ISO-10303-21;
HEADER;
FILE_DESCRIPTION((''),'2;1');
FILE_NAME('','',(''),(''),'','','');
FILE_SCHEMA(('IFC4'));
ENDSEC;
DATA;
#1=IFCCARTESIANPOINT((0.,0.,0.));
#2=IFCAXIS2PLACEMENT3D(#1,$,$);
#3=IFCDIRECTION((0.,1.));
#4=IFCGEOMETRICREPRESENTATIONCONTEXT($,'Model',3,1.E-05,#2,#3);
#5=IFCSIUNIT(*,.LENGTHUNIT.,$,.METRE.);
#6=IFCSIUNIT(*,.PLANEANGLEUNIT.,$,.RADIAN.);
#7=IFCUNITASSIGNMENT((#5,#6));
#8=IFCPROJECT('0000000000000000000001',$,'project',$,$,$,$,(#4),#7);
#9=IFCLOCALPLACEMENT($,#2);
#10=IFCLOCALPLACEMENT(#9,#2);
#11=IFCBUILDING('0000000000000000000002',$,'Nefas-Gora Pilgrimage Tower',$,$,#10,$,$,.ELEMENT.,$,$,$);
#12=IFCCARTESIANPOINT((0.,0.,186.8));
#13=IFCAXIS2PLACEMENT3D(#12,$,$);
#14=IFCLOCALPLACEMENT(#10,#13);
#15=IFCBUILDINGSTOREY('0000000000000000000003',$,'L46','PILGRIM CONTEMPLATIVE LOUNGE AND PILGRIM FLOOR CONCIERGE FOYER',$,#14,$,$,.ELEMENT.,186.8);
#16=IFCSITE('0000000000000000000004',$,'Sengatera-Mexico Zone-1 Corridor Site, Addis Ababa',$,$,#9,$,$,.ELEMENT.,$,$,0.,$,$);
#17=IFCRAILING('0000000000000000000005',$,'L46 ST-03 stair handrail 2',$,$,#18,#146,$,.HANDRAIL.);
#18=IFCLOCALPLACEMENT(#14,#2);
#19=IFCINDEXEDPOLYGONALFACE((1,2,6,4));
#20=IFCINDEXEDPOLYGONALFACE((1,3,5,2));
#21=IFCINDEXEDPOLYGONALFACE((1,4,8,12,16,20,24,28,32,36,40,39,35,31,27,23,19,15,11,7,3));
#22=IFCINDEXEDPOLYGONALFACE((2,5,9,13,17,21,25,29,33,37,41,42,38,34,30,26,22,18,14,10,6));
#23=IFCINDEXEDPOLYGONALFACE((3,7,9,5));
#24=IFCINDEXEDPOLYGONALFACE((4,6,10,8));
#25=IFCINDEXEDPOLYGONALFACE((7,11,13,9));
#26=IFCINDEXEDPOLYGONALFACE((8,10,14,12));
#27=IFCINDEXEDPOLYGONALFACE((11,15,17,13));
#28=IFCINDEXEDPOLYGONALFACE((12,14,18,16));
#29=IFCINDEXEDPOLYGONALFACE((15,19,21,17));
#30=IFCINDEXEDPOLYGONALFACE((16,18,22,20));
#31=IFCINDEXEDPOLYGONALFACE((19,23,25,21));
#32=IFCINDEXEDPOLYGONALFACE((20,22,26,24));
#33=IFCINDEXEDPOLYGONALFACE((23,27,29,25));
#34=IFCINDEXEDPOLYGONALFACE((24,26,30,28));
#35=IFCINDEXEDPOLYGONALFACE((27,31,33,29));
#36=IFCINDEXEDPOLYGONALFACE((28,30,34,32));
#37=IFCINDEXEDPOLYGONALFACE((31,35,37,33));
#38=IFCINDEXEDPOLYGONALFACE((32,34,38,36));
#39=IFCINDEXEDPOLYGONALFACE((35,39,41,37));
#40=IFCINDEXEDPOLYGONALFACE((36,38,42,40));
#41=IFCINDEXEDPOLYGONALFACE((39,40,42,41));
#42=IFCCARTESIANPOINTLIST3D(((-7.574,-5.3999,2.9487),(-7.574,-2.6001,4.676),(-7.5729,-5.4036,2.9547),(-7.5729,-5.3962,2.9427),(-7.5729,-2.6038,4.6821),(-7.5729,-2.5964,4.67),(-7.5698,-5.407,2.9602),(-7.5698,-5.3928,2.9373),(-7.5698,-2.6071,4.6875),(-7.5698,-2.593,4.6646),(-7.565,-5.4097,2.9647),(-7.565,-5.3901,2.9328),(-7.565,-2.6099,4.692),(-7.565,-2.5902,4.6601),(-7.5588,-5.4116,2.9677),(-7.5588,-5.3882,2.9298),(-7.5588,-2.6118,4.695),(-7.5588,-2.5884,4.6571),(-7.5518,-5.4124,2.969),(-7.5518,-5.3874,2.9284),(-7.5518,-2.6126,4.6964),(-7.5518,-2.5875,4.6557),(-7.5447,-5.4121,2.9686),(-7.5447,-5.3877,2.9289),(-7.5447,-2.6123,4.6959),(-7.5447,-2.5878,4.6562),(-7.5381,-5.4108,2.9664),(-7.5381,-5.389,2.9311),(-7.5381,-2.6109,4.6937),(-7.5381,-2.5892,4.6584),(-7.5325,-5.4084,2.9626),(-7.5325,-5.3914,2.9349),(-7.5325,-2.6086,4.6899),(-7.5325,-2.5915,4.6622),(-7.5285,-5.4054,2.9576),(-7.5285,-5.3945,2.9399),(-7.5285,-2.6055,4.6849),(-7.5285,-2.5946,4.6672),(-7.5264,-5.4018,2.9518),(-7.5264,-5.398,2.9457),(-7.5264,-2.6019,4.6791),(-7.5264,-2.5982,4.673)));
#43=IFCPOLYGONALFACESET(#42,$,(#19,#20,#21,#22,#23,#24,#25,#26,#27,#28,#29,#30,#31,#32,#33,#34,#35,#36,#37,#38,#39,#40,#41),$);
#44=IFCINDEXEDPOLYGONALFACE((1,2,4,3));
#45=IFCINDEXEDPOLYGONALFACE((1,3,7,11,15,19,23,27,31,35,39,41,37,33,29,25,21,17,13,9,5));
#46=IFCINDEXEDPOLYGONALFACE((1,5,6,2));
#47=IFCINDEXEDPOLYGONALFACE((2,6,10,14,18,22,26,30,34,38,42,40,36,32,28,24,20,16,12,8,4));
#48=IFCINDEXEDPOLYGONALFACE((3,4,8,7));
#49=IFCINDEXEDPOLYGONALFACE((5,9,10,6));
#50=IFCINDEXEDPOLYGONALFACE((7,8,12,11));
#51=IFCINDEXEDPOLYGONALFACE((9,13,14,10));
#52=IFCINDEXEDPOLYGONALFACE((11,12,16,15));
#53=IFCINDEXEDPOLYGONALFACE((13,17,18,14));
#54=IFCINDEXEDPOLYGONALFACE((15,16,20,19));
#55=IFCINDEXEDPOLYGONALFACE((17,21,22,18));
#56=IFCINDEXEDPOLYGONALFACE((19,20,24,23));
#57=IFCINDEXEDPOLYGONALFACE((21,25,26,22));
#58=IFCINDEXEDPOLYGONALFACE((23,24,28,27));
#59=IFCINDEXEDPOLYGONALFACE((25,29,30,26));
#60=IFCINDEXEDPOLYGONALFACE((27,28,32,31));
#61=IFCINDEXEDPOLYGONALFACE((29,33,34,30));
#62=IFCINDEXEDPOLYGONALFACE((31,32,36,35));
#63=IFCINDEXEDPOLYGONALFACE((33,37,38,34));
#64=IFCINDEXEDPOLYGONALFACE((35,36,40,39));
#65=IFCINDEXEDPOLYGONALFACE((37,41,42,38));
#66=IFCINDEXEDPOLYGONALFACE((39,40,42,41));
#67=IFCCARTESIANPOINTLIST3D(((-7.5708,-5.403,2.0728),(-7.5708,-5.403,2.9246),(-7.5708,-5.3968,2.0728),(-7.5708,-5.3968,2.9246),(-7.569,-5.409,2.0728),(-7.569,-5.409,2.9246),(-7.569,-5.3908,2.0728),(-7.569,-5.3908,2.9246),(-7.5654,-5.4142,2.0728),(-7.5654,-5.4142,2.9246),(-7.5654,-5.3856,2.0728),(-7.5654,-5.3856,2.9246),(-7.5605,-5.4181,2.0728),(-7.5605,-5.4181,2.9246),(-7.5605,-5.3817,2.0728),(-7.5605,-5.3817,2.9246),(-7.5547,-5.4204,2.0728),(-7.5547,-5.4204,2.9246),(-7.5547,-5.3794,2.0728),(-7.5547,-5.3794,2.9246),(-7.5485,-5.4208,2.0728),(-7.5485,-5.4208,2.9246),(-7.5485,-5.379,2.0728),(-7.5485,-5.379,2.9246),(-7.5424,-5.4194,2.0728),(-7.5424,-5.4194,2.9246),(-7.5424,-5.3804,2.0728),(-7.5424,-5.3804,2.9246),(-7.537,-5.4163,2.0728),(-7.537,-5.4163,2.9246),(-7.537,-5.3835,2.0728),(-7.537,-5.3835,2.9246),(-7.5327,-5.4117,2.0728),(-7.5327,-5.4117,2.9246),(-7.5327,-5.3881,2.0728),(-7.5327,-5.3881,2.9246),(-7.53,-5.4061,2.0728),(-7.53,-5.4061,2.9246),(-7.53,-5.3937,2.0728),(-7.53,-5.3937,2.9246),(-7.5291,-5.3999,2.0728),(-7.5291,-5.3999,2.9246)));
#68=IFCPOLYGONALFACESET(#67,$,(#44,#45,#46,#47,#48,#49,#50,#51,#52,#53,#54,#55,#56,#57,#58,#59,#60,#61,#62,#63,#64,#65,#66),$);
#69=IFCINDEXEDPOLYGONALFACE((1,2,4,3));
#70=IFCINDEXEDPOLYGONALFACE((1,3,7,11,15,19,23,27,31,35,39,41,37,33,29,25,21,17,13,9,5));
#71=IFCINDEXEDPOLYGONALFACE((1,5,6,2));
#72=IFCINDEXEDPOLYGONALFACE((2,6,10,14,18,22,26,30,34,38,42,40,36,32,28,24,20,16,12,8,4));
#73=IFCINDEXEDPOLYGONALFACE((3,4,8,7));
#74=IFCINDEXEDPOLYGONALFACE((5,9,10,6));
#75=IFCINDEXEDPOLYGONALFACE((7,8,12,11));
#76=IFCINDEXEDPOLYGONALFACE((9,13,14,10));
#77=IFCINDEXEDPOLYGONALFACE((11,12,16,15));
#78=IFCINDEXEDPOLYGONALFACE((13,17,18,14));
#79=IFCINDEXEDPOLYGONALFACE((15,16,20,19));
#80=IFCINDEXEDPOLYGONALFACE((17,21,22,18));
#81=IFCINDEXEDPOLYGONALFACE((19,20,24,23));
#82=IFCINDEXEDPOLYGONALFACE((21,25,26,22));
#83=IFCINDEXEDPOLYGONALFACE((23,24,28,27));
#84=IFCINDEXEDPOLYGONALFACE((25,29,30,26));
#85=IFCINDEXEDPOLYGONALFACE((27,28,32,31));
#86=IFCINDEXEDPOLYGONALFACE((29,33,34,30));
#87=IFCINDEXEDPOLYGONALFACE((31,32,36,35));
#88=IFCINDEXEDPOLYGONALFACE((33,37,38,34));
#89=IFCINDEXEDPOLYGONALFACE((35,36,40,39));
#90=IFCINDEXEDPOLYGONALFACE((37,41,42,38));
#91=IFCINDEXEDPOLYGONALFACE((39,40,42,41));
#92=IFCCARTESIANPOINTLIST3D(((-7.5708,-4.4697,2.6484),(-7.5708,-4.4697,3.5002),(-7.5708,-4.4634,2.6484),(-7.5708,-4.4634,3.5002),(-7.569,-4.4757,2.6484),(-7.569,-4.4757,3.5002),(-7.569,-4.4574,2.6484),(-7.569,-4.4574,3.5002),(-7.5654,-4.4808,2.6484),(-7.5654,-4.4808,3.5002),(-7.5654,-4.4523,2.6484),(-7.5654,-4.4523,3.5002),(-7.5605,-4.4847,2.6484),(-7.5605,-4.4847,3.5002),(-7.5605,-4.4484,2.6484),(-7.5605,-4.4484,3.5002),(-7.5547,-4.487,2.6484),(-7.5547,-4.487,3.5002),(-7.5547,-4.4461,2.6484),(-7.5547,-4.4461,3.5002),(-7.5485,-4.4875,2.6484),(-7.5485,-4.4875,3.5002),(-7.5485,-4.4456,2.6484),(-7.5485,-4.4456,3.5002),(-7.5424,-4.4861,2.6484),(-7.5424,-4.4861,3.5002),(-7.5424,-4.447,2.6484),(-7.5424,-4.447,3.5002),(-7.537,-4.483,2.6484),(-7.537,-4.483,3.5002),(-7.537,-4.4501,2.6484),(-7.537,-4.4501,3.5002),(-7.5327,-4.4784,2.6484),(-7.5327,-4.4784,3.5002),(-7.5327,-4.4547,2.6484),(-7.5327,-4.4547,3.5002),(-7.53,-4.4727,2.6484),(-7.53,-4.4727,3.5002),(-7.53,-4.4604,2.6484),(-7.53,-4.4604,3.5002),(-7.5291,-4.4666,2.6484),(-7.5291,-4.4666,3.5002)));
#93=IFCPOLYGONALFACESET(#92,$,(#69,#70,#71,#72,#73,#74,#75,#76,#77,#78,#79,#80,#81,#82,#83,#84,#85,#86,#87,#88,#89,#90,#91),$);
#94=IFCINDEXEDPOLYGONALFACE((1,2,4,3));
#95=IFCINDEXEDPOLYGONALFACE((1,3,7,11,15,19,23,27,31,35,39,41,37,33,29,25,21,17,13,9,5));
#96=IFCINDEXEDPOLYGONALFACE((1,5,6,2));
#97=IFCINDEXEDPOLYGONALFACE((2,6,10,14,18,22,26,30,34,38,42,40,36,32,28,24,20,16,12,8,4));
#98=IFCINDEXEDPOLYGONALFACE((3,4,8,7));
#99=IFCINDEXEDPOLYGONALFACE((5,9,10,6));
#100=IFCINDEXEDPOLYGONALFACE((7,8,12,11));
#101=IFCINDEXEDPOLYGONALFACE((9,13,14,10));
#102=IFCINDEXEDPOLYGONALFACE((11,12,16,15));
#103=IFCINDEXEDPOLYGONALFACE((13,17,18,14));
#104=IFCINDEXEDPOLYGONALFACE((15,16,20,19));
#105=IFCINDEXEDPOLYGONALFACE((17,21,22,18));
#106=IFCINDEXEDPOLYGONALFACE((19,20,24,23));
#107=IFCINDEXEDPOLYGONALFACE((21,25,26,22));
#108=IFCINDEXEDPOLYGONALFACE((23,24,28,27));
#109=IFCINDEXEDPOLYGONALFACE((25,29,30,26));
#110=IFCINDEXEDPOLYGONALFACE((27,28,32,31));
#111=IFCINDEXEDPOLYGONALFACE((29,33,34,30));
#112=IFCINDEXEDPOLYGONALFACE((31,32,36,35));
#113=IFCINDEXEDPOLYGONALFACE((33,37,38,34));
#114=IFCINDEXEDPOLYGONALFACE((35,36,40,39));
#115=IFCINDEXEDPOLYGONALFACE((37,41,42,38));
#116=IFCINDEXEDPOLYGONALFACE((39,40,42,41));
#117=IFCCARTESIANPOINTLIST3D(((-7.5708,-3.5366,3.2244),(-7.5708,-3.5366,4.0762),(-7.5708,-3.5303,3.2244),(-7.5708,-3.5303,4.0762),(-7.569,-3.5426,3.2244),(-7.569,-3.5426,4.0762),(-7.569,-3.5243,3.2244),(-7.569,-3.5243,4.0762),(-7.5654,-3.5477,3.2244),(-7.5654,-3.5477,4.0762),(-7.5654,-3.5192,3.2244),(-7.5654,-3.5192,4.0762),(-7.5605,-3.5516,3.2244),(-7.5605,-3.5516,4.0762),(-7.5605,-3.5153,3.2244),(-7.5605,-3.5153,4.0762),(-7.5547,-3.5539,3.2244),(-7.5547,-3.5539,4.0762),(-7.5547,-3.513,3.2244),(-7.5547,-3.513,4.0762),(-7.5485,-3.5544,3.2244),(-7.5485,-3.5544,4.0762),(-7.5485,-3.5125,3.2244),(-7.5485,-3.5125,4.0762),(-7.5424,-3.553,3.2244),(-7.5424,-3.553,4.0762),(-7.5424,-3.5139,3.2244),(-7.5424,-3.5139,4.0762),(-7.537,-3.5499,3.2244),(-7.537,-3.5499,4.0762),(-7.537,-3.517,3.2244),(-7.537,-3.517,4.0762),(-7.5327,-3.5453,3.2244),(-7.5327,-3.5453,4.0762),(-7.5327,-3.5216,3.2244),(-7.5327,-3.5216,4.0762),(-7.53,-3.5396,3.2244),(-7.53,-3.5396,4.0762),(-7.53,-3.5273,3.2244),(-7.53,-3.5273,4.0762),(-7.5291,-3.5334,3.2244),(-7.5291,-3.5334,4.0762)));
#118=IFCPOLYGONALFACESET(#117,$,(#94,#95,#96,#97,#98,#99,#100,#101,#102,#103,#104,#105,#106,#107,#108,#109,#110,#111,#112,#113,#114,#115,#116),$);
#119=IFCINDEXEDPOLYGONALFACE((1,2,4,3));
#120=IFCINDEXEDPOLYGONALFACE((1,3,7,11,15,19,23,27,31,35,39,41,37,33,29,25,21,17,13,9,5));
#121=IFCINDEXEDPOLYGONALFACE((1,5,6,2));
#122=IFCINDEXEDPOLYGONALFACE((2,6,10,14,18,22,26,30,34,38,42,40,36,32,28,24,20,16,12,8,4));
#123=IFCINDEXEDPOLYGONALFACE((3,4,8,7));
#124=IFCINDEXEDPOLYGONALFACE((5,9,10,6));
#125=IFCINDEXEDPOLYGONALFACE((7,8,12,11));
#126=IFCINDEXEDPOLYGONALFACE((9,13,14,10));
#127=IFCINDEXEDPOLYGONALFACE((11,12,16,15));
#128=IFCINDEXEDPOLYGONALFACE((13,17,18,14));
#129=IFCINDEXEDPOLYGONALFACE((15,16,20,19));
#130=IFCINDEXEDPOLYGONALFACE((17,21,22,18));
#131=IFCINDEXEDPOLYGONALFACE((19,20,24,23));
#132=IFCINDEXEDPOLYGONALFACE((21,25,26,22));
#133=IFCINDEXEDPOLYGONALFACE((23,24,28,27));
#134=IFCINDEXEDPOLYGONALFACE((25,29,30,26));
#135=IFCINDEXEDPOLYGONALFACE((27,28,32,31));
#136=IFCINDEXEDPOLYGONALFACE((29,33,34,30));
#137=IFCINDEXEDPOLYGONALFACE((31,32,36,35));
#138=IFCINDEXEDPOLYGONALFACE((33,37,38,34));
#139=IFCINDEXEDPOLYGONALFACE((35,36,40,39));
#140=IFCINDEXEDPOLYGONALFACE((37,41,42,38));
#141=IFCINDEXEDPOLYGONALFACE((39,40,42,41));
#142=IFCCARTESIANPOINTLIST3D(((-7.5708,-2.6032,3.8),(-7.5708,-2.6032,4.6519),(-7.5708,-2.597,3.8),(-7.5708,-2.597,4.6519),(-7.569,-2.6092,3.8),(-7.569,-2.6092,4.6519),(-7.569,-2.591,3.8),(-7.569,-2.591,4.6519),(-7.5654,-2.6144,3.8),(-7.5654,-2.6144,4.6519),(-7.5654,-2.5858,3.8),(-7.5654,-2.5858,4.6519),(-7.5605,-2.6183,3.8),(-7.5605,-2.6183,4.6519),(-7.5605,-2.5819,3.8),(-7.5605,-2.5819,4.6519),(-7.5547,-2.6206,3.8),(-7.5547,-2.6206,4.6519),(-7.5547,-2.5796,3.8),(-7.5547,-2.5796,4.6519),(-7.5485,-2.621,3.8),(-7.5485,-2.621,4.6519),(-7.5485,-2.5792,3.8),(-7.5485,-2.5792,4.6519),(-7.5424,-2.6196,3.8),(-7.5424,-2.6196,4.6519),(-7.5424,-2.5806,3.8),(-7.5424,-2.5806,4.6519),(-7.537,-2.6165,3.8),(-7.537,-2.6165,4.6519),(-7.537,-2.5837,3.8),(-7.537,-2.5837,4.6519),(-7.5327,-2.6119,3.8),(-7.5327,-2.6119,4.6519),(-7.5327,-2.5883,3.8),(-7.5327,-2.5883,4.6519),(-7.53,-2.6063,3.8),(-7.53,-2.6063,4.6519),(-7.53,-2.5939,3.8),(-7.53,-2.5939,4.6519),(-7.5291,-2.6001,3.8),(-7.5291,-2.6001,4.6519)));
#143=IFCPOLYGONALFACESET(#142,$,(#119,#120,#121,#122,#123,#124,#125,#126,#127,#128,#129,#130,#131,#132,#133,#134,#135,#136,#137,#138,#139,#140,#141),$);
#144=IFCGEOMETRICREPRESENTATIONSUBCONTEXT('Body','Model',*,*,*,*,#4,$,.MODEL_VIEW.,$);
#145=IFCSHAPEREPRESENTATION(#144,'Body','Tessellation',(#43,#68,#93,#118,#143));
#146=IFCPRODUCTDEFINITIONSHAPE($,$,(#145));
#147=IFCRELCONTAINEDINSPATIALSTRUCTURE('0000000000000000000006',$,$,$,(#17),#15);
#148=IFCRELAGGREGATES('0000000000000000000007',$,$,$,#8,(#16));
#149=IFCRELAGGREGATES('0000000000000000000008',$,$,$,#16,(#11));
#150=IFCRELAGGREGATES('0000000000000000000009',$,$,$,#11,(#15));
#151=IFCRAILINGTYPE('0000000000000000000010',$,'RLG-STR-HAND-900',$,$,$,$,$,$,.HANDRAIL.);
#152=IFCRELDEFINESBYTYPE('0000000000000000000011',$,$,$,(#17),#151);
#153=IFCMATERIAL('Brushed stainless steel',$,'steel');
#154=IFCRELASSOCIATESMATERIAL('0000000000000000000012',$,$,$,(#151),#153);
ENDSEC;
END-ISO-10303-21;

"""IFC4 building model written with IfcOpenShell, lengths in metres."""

from ifc_helpers import new_model, si_unit, direction, frame, origin, origin_2d, place, context, subcontext, project, spatial, circle, extrude, material, type_object, element, save


model = new_model("IFC4")

# Units and contexts
model_context = context("Model", 3, precision=1e-05, world=origin(), true_north=direction((0.0, 1.0)))
body_context = subcontext(model_context, "Body", "Model", "MODEL_VIEW")
ifc_project = project(units=[si_unit("LENGTHUNIT", "METRE"), si_unit("PLANEANGLEUNIT", "RADIAN")], contexts=[model_context])

# Site, building, storey
site_placement = place(None, origin())
site = spatial("IfcSite", under=ifc_project, at=site_placement, Name="Sengatera-Mexico Zone-1 Corridor Site, Addis Ababa", CompositionType="ELEMENT", RefElevation=0.0)
building_placement = place(site_placement, origin())
building = spatial("IfcBuilding", under=site, at=building_placement, Name="Nefas-Gora Pilgrimage Tower", CompositionType="ELEMENT")
storey_placement = place(building_placement, frame((0.0, 0.0, 186.8)))
storey = spatial("IfcBuildingStorey", under=building, at=storey_placement, Name="L46", Description="PILGRIM CONTEMPLATIVE LOUNGE AND PILGRIM FLOOR CONCIERGE FOYER", CompositionType="ELEMENT", Elevation=186.8)

# Railing
ifc_material_1 = material(Name="Brushed stainless steel", Category="steel")
railing_type_1 = type_object("IfcRailingType", Name="RLG-STR-HAND-900", PredefinedType="HANDRAIL", material=ifc_material_1)
railing_1_placement = place(storey_placement, frame((-7.55, -5.3999, 2.0728)))
element("IfcRailing", 1, at=railing_1_placement, inside=storey, type_object=railing_type_1, Name="L46 ST-03 stair handrail 2", PredefinedType="HANDRAIL", context=body_context, shape_type="SweptSolid", body=[
    extrude(circle(Radius=0.0239, at=origin_2d()), frame((0.0, 0.0, 0.876), z_axis=(0.0, 0.851069, 0.525054), x_axis=(-1.0, 0.0, 0.0)), (0.0, 0.0, 1.0), 3.2898),
    extrude(circle(Radius=0.021, at=origin_2d()), origin(), (0.0, 0.0, 1.0), 0.8518),
    extrude(circle(Radius=0.021, at=origin_2d()), frame((0.0, 0.9333, 0.5757)), (0.0, 0.0, 1.0), 0.8518),
    extrude(circle(Radius=0.021, at=origin_2d()), frame((0.0, 1.8665, 1.1516)), (0.0, 0.0, 1.0), 0.8518),
    extrude(circle(Radius=0.021, at=origin_2d()), frame((0.0, 2.7998, 1.7273)), (0.0, 0.0, 1.0), 0.8518),
])

save(model, "model.ifc")
